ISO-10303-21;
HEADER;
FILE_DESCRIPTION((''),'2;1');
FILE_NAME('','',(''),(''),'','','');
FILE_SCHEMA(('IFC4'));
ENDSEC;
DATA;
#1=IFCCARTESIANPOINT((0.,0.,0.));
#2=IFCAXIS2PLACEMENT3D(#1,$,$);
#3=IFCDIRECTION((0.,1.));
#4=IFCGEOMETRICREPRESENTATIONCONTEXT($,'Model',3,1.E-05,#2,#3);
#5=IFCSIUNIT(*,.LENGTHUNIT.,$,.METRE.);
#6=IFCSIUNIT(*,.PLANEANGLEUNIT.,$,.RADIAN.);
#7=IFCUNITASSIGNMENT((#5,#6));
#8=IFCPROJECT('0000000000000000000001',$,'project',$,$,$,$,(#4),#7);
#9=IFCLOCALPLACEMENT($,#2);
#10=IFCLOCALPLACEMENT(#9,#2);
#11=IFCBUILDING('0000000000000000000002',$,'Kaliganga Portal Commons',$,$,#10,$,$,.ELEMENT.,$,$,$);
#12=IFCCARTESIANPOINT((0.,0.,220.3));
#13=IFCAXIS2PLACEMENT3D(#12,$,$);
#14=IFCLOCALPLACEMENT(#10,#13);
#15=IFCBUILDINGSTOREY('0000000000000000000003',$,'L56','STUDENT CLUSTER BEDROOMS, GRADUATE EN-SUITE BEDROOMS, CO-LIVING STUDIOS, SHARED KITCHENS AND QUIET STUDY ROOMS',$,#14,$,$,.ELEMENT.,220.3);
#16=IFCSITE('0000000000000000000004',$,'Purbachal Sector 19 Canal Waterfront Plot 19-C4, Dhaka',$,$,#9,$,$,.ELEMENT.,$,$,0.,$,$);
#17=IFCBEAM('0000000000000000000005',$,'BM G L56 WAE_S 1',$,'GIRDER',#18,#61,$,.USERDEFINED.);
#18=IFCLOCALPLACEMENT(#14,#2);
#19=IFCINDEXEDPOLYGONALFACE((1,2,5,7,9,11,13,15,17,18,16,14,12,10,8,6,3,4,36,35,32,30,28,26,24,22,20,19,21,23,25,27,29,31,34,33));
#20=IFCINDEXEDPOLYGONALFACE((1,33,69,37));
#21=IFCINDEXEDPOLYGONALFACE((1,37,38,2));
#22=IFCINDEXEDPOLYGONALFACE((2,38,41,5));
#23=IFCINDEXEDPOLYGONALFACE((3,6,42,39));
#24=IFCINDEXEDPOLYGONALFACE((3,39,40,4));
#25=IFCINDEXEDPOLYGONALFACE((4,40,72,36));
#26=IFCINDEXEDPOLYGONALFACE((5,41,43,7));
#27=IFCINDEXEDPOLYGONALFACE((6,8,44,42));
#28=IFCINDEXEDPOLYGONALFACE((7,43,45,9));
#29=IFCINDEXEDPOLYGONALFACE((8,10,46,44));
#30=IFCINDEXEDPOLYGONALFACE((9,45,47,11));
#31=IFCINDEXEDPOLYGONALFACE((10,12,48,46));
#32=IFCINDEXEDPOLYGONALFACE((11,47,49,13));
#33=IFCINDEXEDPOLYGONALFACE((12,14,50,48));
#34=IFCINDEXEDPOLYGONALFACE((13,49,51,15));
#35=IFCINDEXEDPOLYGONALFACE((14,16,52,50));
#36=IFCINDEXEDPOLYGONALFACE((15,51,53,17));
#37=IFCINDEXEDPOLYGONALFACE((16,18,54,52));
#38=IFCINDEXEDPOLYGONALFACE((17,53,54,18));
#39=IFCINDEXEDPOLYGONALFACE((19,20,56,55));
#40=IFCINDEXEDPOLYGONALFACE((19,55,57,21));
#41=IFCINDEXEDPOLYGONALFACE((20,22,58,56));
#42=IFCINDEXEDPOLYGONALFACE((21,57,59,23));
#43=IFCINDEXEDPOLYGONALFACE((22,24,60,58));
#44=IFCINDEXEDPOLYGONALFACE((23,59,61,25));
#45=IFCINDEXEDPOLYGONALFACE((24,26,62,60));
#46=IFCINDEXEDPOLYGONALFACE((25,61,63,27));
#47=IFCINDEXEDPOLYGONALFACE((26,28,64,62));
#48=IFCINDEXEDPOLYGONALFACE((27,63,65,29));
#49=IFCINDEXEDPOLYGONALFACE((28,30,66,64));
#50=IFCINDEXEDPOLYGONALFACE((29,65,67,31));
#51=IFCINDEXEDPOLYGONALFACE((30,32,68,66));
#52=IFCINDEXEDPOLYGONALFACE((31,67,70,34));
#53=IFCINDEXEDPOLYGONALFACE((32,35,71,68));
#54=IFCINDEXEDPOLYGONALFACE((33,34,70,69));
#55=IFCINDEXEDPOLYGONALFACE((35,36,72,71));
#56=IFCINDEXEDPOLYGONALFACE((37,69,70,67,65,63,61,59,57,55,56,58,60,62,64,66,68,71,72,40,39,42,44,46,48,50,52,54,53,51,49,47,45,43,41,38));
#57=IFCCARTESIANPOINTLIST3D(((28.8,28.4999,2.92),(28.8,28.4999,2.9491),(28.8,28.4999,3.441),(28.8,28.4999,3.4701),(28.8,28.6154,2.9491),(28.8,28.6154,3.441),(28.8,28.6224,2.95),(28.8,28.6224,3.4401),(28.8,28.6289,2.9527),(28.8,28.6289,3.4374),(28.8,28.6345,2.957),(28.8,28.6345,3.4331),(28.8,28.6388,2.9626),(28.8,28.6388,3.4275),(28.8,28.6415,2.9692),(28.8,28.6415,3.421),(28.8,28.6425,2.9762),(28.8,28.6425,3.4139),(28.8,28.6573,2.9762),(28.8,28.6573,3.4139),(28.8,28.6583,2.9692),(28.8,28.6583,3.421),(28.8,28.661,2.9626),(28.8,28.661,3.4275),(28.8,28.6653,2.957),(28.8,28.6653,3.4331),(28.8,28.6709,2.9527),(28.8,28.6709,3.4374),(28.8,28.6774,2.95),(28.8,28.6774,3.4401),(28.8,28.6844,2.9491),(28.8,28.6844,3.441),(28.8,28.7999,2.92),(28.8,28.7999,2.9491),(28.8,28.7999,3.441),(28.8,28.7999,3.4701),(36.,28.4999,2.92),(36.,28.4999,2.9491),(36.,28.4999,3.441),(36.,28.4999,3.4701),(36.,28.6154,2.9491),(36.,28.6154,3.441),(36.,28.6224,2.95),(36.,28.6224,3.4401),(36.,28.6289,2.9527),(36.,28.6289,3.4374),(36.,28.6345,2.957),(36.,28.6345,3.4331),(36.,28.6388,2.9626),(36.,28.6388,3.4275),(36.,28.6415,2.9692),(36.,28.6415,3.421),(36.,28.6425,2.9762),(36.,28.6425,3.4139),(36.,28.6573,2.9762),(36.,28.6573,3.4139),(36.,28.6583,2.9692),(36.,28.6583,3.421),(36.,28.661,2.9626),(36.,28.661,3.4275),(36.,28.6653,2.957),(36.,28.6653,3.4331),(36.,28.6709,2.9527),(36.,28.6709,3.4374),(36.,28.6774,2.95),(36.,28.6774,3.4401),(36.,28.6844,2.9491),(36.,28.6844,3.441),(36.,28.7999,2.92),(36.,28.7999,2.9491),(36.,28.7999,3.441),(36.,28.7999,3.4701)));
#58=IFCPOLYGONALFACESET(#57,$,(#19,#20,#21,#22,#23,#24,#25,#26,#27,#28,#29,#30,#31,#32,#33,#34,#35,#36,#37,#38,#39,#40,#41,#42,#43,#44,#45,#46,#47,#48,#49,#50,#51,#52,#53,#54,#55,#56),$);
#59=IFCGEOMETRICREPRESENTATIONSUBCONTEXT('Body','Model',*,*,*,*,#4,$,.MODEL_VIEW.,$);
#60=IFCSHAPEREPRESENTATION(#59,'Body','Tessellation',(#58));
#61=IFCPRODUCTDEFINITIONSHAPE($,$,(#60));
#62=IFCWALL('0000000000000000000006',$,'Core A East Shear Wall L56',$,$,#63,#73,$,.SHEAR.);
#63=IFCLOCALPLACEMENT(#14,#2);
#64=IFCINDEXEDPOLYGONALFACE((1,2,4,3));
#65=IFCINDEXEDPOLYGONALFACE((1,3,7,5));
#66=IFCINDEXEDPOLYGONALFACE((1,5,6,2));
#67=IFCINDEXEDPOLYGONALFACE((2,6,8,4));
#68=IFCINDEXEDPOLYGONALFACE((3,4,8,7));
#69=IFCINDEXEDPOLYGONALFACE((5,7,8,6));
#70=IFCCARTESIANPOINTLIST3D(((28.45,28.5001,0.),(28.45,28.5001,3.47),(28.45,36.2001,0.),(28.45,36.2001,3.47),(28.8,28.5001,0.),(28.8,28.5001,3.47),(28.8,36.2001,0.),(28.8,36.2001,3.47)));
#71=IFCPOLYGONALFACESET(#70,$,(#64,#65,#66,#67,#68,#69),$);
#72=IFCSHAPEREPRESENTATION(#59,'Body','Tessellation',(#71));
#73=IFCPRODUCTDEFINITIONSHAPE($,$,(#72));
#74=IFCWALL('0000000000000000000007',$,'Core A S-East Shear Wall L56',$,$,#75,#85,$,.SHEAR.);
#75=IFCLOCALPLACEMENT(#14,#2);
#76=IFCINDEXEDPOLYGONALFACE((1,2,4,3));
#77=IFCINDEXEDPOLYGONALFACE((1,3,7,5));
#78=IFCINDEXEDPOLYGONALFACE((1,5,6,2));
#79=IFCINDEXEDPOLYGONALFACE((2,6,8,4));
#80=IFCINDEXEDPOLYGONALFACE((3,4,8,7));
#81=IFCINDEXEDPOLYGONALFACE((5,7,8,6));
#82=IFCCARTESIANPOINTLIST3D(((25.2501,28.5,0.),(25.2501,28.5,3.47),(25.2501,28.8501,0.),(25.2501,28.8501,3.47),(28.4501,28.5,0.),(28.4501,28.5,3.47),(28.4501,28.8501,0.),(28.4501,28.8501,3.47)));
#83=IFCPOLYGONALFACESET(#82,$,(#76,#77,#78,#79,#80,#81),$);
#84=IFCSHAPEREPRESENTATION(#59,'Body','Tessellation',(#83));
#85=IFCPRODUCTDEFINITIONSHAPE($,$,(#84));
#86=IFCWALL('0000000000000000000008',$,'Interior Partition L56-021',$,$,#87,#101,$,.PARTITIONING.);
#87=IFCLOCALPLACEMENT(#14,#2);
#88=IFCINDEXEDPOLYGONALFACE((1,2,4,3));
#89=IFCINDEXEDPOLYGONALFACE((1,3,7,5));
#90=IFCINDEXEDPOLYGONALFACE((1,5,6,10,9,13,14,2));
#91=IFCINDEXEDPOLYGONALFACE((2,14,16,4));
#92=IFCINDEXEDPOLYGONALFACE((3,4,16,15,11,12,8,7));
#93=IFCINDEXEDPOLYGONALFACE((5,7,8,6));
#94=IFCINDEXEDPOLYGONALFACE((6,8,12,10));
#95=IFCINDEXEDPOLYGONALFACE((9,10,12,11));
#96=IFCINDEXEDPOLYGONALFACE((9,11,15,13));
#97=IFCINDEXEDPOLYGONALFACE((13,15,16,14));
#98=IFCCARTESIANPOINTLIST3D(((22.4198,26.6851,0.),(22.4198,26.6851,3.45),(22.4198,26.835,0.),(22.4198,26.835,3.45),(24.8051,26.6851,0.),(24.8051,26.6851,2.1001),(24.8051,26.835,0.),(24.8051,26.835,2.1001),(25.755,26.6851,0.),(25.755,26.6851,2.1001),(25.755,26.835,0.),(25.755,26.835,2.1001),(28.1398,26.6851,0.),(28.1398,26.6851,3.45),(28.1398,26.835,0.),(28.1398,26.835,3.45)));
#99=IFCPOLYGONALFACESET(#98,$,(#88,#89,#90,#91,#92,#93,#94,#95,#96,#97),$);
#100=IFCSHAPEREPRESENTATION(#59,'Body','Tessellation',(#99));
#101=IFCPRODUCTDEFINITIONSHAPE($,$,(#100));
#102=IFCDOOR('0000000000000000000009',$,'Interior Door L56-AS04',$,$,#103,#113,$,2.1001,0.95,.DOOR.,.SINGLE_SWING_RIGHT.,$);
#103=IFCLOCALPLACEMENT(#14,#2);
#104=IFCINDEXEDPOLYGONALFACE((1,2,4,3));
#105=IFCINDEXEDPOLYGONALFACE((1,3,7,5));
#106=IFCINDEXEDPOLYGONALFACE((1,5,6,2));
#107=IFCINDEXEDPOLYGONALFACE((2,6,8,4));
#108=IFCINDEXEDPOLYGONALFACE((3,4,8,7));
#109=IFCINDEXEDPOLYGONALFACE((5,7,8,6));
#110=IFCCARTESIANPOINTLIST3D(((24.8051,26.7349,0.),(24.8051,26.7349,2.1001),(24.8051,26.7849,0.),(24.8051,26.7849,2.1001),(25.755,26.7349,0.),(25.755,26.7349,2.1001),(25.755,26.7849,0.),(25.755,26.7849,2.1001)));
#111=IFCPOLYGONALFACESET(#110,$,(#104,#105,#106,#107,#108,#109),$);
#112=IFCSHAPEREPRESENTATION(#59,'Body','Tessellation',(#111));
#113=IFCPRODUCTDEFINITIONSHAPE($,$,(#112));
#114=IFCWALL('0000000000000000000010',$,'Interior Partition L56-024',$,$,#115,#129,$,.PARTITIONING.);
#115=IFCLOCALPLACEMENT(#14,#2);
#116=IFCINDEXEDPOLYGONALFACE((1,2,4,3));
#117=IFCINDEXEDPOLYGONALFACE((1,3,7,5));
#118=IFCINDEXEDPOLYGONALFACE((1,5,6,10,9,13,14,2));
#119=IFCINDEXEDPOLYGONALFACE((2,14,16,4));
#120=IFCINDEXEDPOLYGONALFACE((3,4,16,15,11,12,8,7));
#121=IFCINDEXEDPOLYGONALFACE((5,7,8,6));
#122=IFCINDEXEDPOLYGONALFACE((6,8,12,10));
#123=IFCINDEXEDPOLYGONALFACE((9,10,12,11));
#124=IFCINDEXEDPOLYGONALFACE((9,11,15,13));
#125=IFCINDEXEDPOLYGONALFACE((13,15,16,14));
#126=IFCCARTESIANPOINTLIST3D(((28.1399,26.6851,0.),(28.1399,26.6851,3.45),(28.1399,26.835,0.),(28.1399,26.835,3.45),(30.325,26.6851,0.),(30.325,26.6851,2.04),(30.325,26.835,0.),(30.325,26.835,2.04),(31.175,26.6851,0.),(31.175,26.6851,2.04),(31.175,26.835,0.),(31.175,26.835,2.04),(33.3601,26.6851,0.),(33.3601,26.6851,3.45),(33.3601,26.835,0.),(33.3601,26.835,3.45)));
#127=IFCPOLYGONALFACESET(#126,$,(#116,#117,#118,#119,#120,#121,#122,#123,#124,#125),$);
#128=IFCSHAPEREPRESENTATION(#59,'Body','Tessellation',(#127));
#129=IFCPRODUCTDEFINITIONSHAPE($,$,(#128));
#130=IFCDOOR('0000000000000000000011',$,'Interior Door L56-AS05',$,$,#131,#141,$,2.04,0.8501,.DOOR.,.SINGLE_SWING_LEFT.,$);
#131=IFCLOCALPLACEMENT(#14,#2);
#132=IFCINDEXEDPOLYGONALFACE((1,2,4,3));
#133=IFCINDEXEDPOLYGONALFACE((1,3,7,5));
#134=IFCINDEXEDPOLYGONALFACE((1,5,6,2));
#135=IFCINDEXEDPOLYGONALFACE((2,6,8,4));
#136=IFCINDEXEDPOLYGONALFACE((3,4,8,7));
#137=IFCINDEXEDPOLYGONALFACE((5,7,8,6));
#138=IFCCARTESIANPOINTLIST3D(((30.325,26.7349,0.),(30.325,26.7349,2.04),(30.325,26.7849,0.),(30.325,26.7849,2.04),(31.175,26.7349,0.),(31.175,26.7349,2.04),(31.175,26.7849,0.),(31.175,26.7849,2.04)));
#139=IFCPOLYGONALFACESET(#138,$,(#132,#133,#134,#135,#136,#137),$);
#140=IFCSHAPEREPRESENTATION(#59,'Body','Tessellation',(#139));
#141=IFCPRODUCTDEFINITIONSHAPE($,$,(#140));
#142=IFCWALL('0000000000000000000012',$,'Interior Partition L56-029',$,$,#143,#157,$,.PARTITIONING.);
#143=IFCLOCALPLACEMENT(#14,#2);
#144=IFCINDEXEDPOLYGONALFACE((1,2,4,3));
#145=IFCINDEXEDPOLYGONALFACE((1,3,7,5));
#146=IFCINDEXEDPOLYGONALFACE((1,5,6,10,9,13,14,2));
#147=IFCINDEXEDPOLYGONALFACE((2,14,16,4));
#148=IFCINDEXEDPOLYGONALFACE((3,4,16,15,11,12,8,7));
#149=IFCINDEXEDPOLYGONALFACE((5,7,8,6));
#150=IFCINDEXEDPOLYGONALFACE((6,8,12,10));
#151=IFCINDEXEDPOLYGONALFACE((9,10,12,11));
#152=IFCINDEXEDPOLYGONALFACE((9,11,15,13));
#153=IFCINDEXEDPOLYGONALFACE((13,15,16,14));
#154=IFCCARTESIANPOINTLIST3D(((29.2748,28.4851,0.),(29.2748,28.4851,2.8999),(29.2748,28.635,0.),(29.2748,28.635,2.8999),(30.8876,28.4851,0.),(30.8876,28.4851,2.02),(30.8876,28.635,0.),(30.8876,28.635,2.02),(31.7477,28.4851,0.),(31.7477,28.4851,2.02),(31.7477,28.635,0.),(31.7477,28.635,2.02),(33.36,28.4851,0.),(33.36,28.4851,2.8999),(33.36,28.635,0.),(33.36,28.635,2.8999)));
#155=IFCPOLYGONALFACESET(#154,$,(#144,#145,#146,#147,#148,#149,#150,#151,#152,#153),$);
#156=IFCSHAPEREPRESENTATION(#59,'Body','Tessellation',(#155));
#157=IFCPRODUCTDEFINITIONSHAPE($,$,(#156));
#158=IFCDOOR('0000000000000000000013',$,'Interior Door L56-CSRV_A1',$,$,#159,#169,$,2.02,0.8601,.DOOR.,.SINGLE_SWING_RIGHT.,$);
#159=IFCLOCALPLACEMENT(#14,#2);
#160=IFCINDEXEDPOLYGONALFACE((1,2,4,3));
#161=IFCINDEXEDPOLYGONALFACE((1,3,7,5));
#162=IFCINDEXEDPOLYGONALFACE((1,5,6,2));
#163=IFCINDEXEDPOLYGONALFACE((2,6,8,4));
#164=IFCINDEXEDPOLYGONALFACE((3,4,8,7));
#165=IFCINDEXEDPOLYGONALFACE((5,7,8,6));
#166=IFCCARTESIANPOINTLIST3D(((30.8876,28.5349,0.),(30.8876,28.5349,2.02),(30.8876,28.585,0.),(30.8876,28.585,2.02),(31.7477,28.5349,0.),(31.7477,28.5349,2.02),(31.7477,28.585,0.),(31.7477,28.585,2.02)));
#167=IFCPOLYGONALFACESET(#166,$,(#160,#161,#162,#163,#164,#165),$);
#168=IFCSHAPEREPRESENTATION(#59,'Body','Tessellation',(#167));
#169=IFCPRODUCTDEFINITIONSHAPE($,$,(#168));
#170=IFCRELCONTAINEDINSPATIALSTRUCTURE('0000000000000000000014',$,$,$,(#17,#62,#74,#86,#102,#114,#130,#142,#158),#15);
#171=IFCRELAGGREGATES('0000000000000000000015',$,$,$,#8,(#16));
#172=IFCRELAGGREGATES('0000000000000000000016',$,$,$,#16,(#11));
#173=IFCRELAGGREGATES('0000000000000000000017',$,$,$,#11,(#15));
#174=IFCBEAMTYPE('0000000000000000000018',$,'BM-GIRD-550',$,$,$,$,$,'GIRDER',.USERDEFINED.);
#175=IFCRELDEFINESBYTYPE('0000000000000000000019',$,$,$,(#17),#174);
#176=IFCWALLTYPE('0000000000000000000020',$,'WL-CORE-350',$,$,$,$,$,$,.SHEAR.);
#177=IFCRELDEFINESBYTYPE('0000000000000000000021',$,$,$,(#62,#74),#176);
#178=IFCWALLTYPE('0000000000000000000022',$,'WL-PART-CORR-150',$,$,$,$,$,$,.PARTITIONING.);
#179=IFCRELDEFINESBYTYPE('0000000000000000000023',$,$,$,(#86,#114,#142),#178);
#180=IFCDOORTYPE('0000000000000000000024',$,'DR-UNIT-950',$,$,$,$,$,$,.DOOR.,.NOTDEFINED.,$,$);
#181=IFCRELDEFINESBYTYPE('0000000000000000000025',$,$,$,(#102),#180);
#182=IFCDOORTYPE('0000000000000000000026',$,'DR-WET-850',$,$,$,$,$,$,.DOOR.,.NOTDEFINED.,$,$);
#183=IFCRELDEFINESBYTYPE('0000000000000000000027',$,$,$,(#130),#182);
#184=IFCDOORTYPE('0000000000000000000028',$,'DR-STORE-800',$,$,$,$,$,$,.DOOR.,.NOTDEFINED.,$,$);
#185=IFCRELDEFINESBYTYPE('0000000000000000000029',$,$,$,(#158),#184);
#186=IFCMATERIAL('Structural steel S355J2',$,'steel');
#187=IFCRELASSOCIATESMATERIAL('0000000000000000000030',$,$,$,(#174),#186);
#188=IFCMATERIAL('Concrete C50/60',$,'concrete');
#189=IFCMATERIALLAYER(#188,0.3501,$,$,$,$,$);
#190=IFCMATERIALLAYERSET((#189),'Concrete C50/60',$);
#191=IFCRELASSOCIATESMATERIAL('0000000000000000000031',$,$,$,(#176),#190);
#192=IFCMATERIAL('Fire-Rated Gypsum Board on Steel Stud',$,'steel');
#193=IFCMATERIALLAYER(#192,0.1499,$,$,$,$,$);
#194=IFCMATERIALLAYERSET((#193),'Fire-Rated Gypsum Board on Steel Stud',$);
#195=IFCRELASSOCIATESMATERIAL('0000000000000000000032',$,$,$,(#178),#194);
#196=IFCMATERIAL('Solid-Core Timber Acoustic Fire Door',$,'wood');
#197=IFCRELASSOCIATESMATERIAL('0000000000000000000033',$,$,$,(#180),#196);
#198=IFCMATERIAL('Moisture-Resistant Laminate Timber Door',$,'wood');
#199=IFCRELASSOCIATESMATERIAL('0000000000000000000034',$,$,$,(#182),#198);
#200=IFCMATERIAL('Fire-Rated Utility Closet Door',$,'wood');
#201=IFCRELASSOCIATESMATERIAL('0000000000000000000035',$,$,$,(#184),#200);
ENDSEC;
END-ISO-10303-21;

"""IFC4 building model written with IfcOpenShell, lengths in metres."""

from ifc_helpers import new_model, si_unit, direction, frame, frame_2d, origin, origin_2d, place, context, subcontext, project, spatial, rectangle, i_section, extrude, source, transform, mapped, material, layer, layer_set, material_profile, profile_set, type_object, element, fill, save


model = new_model("IFC4")

# Units and contexts
model_context = context("Model", 3, precision=1e-05, world=origin(), true_north=direction((0.0, 1.0)))
body_context = subcontext(model_context, "Body", "Model", "MODEL_VIEW")
ifc_project = project(units=[si_unit("LENGTHUNIT", "METRE"), si_unit("PLANEANGLEUNIT", "RADIAN")], contexts=[model_context])

# Site, building, storey
site_placement = place(None, origin())
site = spatial("IfcSite", under=ifc_project, at=site_placement, Name="Purbachal Sector 19 Canal Waterfront Plot 19-C4, Dhaka", CompositionType="ELEMENT", RefElevation=0.0)
building_placement = place(site_placement, origin())
building = spatial("IfcBuilding", under=site, at=building_placement, Name="Kaliganga Portal Commons", CompositionType="ELEMENT")
storey_placement = place(building_placement, frame((0.0, 0.0, 220.3)))
storey = spatial("IfcBuildingStorey", under=building, at=storey_placement, Name="L56", Description="STUDENT CLUSTER BEDROOMS, GRADUATE EN-SUITE BEDROOMS, CO-LIVING STUDIOS, SHARED KITCHENS AND QUIET STUDY ROOMS", CompositionType="ELEMENT", Elevation=220.3)

# Shared definitions
ifc_material_1 = material(Name="Concrete C50/60", Category="concrete")
ifc_material_2 = material(Name="Structural steel S355J2", Category="steel")

# Beam
ifc_material_profile_1 = material_profile(ifc_material_2, i_section(OverallWidth=0.3, OverallDepth=0.55, WebThickness=0.0149, FlangeThickness=0.0291, FilletRadius=0.0271, at=origin_2d()), Name="HE 550 B")
ifc_profile_set_1 = profile_set([ifc_material_profile_1], Name="Structural steel S355J2 wide-flange")
beam_type_1 = type_object("IfcBeamType", Name="BM-GIRD-550", ElementType="GIRDER", PredefinedType="USERDEFINED", material=ifc_profile_set_1)
shared_shape_1 = source(origin(), body_context, "Body", "SweptSolid", [
    extrude(i_section(OverallWidth=0.3, OverallDepth=0.55, WebThickness=0.0149, FlangeThickness=0.0291, FilletRadius=0.0271, at=origin_2d()), origin(), (0.0, 0.0, 1.0), 7.2),
])
beam_1_placement = place(storey_placement, frame((28.8, 28.6499, 3.1951), z_axis=(1.0, 0.0, 0.0), x_axis=(0.0, 1.0, 0.0)))
element("IfcBeam", 1, at=beam_1_placement, inside=storey, type_object=beam_type_1, Name="BM G L56 WAE_S 1", ObjectType="GIRDER", PredefinedType="USERDEFINED", context=body_context, shape_type="MappedRepresentation", body=[
    mapped(shared_shape_1, transform((0.0, 0.0, 0.0), x_axis=(1.0, 0.0, 0.0), y_axis=(0.0, 1.0, 0.0), z_axis=(0.0, 0.0, 1.0), scale=1.0)),
])

# Walls
ifc_layer_1 = layer(ifc_material_1, 0.3501)
ifc_layer_set_1 = layer_set([ifc_layer_1], Name="Concrete C50/60")
wall_type_1 = type_object("IfcWallType", Name="WL-CORE-350", PredefinedType="SHEAR", material=ifc_layer_set_1)
wall_1_placement = place(storey_placement, frame((28.625, 28.5, 0.0), z_axis=(0.0, 0.0, 1.0), x_axis=(0.0, 1.0, 0.0)))
element("IfcWall", 2, at=wall_1_placement, inside=storey, type_object=wall_type_1, Name="Core A East Shear Wall L56", PredefinedType="SHEAR", context=body_context, shape_type="SweptSolid", body=[
    extrude(rectangle(XDim=7.7, YDim=0.3501, at=frame_2d((3.8501, 0.0))), origin(), (0.0, 0.0, 1.0), 3.47),
])
wall_2_placement = place(storey_placement, frame((25.25, 28.675, 0.0), z_axis=(0.0, 0.0, 1.0), x_axis=(1.0, 0.0, 0.0)))
element("IfcWall", 3, at=wall_2_placement, inside=storey, type_object=wall_type_1, Name="Core A S-East Shear Wall L56", PredefinedType="SHEAR", context=body_context, shape_type="SweptSolid", body=[
    extrude(rectangle(XDim=3.2, YDim=0.3501, at=frame_2d((1.6001, 0.0))), origin(), (0.0, 0.0, 1.0), 3.47),
])

# Walls, openings, doors
ifc_material_3 = material(Name="Fire-Rated Gypsum Board on Steel Stud", Category="steel")
ifc_layer_2 = layer(ifc_material_3, 0.1499)
ifc_layer_set_2 = layer_set([ifc_layer_2], Name="Fire-Rated Gypsum Board on Steel Stud")
wall_type_2 = type_object("IfcWallType", Name="WL-PART-CORR-150", PredefinedType="PARTITIONING", material=ifc_layer_set_2)
wall_3_placement = place(storey_placement, frame((22.4199, 26.76, 0.0), z_axis=(0.0, 0.0, 1.0), x_axis=(1.0, 0.0, 0.0)))
wall_3 = element("IfcWall", 4, at=wall_3_placement, inside=storey, type_object=wall_type_2, Name="Interior Partition L56-021", PredefinedType="PARTITIONING", context=body_context, shape_type="SweptSolid", body=[
    extrude(rectangle(XDim=5.72, YDim=0.1499, at=frame_2d((2.8599, 0.0))), origin(), (0.0, 0.0, 1.0), 3.45),
])
opening_1_placement = place(wall_3_placement, frame((2.385, 0.0, 0.0)))
opening_1 = element("IfcOpeningElement", 5, at=opening_1_placement, cuts=wall_3, PredefinedType="OPENING", context=body_context, shape_type="SweptSolid", body=[
    extrude(rectangle(XDim=0.95, YDim=2.1001, at=frame_2d((0.4751, 1.05))), frame((0.0, 0.085, 0.0), z_axis=(0.0, -1.0, 0.0), x_axis=(1.0, 0.0, 0.0)), (0.0, 0.0, 1.0), 0.1699),
])
ifc_material_4 = material(Name="Solid-Core Timber Acoustic Fire Door", Category="wood")
door_type_1 = type_object("IfcDoorType", Name="DR-UNIT-950", OperationType="NOTDEFINED", PredefinedType="DOOR", material=ifc_material_4)
door_1_placement = place(opening_1_placement, origin())
door_1 = element("IfcDoor", 6, at=door_1_placement, inside=storey, type_object=door_type_1, Name="Interior Door L56-AS04", OperationType="SINGLE_SWING_RIGHT", OverallHeight=2.1001, OverallWidth=0.95, PredefinedType="DOOR", context=body_context, shape_type="SweptSolid", body=[
    extrude(rectangle(XDim=0.95, YDim=2.1001, at=frame_2d((0.4751, 1.05))), frame((0.0, 0.0249, 0.0), z_axis=(0.0, -1.0, 0.0), x_axis=(1.0, 0.0, 0.0)), (0.0, 0.0, 1.0), 0.05),
])
fill(opening_1, door_1)
wall_4_placement = place(storey_placement, frame((28.1399, 26.76, 0.0), z_axis=(0.0, 0.0, 1.0), x_axis=(1.0, 0.0, 0.0)))
wall_4 = element("IfcWall", 7, at=wall_4_placement, inside=storey, type_object=wall_type_2, Name="Interior Partition L56-024", PredefinedType="PARTITIONING", context=body_context, shape_type="SweptSolid", body=[
    extrude(rectangle(XDim=5.2202, YDim=0.1499, at=frame_2d((2.6101, 0.0))), origin(), (0.0, 0.0, 1.0), 3.45),
])
opening_2_placement = place(wall_4_placement, frame((2.1851, 0.0, 0.0)))
opening_2 = element("IfcOpeningElement", 8, at=opening_2_placement, cuts=wall_4, PredefinedType="OPENING", context=body_context, shape_type="SweptSolid", body=[
    extrude(rectangle(XDim=0.8501, YDim=2.04, at=frame_2d((0.425, 1.02))), frame((0.0, 0.085, 0.0), z_axis=(0.0, -1.0, 0.0), x_axis=(1.0, 0.0, 0.0)), (0.0, 0.0, 1.0), 0.1699),
])
ifc_material_5 = material(Name="Moisture-Resistant Laminate Timber Door", Category="wood")
door_type_2 = type_object("IfcDoorType", Name="DR-WET-850", OperationType="NOTDEFINED", PredefinedType="DOOR", material=ifc_material_5)
door_2_placement = place(opening_2_placement, origin())
door_2 = element("IfcDoor", 9, at=door_2_placement, inside=storey, type_object=door_type_2, Name="Interior Door L56-AS05", OperationType="SINGLE_SWING_LEFT", OverallHeight=2.04, OverallWidth=0.8501, PredefinedType="DOOR", context=body_context, shape_type="SweptSolid", body=[
    extrude(rectangle(XDim=0.8501, YDim=2.04, at=frame_2d((0.425, 1.02))), frame((0.0, 0.0249, 0.0), z_axis=(0.0, -1.0, 0.0), x_axis=(1.0, 0.0, 0.0)), (0.0, 0.0, 1.0), 0.05),
])
fill(opening_2, door_2)
wall_5_placement = place(storey_placement, frame((29.2749, 28.5601, 0.0), z_axis=(0.0, 0.0, 1.0), x_axis=(1.0, 0.0, 0.0)))
wall_5 = element("IfcWall", 10, at=wall_5_placement, inside=storey, type_object=wall_type_2, Name="Interior Partition L56-029", PredefinedType="PARTITIONING", context=body_context, shape_type="SweptSolid", body=[
    extrude(rectangle(XDim=4.0852, YDim=0.1499, at=frame_2d((2.0425, 0.0))), origin(), (0.0, 0.0, 1.0), 2.8999),
])
opening_3_placement = place(wall_5_placement, frame((1.6125, 0.0, 0.0)))
opening_3 = element("IfcOpeningElement", 11, at=opening_3_placement, cuts=wall_5, PredefinedType="OPENING", context=body_context, shape_type="SweptSolid", body=[
    extrude(rectangle(XDim=0.8601, YDim=2.02, at=frame_2d((0.4302, 1.01))), frame((0.0, 0.085, 0.0), z_axis=(0.0, -1.0, 0.0), x_axis=(1.0, 0.0, 0.0)), (0.0, 0.0, 1.0), 0.1699),
])
ifc_material_6 = material(Name="Fire-Rated Utility Closet Door", Category="wood")
door_type_3 = type_object("IfcDoorType", Name="DR-STORE-800", OperationType="NOTDEFINED", PredefinedType="DOOR", material=ifc_material_6)
door_3_placement = place(opening_3_placement, origin())
door_3 = element("IfcDoor", 12, at=door_3_placement, inside=storey, type_object=door_type_3, Name="Interior Door L56-CSRV_A1", OperationType="SINGLE_SWING_RIGHT", OverallHeight=2.02, OverallWidth=0.8601, PredefinedType="DOOR", context=body_context, shape_type="SweptSolid", body=[
    extrude(rectangle(XDim=0.8601, YDim=2.02, at=frame_2d((0.4302, 1.01))), frame((0.0, 0.0249, 0.0), z_axis=(0.0, -1.0, 0.0), x_axis=(1.0, 0.0, 0.0)), (0.0, 0.0, 1.0), 0.05),
])
fill(opening_3, door_3)

save(model, "model.ifc")
